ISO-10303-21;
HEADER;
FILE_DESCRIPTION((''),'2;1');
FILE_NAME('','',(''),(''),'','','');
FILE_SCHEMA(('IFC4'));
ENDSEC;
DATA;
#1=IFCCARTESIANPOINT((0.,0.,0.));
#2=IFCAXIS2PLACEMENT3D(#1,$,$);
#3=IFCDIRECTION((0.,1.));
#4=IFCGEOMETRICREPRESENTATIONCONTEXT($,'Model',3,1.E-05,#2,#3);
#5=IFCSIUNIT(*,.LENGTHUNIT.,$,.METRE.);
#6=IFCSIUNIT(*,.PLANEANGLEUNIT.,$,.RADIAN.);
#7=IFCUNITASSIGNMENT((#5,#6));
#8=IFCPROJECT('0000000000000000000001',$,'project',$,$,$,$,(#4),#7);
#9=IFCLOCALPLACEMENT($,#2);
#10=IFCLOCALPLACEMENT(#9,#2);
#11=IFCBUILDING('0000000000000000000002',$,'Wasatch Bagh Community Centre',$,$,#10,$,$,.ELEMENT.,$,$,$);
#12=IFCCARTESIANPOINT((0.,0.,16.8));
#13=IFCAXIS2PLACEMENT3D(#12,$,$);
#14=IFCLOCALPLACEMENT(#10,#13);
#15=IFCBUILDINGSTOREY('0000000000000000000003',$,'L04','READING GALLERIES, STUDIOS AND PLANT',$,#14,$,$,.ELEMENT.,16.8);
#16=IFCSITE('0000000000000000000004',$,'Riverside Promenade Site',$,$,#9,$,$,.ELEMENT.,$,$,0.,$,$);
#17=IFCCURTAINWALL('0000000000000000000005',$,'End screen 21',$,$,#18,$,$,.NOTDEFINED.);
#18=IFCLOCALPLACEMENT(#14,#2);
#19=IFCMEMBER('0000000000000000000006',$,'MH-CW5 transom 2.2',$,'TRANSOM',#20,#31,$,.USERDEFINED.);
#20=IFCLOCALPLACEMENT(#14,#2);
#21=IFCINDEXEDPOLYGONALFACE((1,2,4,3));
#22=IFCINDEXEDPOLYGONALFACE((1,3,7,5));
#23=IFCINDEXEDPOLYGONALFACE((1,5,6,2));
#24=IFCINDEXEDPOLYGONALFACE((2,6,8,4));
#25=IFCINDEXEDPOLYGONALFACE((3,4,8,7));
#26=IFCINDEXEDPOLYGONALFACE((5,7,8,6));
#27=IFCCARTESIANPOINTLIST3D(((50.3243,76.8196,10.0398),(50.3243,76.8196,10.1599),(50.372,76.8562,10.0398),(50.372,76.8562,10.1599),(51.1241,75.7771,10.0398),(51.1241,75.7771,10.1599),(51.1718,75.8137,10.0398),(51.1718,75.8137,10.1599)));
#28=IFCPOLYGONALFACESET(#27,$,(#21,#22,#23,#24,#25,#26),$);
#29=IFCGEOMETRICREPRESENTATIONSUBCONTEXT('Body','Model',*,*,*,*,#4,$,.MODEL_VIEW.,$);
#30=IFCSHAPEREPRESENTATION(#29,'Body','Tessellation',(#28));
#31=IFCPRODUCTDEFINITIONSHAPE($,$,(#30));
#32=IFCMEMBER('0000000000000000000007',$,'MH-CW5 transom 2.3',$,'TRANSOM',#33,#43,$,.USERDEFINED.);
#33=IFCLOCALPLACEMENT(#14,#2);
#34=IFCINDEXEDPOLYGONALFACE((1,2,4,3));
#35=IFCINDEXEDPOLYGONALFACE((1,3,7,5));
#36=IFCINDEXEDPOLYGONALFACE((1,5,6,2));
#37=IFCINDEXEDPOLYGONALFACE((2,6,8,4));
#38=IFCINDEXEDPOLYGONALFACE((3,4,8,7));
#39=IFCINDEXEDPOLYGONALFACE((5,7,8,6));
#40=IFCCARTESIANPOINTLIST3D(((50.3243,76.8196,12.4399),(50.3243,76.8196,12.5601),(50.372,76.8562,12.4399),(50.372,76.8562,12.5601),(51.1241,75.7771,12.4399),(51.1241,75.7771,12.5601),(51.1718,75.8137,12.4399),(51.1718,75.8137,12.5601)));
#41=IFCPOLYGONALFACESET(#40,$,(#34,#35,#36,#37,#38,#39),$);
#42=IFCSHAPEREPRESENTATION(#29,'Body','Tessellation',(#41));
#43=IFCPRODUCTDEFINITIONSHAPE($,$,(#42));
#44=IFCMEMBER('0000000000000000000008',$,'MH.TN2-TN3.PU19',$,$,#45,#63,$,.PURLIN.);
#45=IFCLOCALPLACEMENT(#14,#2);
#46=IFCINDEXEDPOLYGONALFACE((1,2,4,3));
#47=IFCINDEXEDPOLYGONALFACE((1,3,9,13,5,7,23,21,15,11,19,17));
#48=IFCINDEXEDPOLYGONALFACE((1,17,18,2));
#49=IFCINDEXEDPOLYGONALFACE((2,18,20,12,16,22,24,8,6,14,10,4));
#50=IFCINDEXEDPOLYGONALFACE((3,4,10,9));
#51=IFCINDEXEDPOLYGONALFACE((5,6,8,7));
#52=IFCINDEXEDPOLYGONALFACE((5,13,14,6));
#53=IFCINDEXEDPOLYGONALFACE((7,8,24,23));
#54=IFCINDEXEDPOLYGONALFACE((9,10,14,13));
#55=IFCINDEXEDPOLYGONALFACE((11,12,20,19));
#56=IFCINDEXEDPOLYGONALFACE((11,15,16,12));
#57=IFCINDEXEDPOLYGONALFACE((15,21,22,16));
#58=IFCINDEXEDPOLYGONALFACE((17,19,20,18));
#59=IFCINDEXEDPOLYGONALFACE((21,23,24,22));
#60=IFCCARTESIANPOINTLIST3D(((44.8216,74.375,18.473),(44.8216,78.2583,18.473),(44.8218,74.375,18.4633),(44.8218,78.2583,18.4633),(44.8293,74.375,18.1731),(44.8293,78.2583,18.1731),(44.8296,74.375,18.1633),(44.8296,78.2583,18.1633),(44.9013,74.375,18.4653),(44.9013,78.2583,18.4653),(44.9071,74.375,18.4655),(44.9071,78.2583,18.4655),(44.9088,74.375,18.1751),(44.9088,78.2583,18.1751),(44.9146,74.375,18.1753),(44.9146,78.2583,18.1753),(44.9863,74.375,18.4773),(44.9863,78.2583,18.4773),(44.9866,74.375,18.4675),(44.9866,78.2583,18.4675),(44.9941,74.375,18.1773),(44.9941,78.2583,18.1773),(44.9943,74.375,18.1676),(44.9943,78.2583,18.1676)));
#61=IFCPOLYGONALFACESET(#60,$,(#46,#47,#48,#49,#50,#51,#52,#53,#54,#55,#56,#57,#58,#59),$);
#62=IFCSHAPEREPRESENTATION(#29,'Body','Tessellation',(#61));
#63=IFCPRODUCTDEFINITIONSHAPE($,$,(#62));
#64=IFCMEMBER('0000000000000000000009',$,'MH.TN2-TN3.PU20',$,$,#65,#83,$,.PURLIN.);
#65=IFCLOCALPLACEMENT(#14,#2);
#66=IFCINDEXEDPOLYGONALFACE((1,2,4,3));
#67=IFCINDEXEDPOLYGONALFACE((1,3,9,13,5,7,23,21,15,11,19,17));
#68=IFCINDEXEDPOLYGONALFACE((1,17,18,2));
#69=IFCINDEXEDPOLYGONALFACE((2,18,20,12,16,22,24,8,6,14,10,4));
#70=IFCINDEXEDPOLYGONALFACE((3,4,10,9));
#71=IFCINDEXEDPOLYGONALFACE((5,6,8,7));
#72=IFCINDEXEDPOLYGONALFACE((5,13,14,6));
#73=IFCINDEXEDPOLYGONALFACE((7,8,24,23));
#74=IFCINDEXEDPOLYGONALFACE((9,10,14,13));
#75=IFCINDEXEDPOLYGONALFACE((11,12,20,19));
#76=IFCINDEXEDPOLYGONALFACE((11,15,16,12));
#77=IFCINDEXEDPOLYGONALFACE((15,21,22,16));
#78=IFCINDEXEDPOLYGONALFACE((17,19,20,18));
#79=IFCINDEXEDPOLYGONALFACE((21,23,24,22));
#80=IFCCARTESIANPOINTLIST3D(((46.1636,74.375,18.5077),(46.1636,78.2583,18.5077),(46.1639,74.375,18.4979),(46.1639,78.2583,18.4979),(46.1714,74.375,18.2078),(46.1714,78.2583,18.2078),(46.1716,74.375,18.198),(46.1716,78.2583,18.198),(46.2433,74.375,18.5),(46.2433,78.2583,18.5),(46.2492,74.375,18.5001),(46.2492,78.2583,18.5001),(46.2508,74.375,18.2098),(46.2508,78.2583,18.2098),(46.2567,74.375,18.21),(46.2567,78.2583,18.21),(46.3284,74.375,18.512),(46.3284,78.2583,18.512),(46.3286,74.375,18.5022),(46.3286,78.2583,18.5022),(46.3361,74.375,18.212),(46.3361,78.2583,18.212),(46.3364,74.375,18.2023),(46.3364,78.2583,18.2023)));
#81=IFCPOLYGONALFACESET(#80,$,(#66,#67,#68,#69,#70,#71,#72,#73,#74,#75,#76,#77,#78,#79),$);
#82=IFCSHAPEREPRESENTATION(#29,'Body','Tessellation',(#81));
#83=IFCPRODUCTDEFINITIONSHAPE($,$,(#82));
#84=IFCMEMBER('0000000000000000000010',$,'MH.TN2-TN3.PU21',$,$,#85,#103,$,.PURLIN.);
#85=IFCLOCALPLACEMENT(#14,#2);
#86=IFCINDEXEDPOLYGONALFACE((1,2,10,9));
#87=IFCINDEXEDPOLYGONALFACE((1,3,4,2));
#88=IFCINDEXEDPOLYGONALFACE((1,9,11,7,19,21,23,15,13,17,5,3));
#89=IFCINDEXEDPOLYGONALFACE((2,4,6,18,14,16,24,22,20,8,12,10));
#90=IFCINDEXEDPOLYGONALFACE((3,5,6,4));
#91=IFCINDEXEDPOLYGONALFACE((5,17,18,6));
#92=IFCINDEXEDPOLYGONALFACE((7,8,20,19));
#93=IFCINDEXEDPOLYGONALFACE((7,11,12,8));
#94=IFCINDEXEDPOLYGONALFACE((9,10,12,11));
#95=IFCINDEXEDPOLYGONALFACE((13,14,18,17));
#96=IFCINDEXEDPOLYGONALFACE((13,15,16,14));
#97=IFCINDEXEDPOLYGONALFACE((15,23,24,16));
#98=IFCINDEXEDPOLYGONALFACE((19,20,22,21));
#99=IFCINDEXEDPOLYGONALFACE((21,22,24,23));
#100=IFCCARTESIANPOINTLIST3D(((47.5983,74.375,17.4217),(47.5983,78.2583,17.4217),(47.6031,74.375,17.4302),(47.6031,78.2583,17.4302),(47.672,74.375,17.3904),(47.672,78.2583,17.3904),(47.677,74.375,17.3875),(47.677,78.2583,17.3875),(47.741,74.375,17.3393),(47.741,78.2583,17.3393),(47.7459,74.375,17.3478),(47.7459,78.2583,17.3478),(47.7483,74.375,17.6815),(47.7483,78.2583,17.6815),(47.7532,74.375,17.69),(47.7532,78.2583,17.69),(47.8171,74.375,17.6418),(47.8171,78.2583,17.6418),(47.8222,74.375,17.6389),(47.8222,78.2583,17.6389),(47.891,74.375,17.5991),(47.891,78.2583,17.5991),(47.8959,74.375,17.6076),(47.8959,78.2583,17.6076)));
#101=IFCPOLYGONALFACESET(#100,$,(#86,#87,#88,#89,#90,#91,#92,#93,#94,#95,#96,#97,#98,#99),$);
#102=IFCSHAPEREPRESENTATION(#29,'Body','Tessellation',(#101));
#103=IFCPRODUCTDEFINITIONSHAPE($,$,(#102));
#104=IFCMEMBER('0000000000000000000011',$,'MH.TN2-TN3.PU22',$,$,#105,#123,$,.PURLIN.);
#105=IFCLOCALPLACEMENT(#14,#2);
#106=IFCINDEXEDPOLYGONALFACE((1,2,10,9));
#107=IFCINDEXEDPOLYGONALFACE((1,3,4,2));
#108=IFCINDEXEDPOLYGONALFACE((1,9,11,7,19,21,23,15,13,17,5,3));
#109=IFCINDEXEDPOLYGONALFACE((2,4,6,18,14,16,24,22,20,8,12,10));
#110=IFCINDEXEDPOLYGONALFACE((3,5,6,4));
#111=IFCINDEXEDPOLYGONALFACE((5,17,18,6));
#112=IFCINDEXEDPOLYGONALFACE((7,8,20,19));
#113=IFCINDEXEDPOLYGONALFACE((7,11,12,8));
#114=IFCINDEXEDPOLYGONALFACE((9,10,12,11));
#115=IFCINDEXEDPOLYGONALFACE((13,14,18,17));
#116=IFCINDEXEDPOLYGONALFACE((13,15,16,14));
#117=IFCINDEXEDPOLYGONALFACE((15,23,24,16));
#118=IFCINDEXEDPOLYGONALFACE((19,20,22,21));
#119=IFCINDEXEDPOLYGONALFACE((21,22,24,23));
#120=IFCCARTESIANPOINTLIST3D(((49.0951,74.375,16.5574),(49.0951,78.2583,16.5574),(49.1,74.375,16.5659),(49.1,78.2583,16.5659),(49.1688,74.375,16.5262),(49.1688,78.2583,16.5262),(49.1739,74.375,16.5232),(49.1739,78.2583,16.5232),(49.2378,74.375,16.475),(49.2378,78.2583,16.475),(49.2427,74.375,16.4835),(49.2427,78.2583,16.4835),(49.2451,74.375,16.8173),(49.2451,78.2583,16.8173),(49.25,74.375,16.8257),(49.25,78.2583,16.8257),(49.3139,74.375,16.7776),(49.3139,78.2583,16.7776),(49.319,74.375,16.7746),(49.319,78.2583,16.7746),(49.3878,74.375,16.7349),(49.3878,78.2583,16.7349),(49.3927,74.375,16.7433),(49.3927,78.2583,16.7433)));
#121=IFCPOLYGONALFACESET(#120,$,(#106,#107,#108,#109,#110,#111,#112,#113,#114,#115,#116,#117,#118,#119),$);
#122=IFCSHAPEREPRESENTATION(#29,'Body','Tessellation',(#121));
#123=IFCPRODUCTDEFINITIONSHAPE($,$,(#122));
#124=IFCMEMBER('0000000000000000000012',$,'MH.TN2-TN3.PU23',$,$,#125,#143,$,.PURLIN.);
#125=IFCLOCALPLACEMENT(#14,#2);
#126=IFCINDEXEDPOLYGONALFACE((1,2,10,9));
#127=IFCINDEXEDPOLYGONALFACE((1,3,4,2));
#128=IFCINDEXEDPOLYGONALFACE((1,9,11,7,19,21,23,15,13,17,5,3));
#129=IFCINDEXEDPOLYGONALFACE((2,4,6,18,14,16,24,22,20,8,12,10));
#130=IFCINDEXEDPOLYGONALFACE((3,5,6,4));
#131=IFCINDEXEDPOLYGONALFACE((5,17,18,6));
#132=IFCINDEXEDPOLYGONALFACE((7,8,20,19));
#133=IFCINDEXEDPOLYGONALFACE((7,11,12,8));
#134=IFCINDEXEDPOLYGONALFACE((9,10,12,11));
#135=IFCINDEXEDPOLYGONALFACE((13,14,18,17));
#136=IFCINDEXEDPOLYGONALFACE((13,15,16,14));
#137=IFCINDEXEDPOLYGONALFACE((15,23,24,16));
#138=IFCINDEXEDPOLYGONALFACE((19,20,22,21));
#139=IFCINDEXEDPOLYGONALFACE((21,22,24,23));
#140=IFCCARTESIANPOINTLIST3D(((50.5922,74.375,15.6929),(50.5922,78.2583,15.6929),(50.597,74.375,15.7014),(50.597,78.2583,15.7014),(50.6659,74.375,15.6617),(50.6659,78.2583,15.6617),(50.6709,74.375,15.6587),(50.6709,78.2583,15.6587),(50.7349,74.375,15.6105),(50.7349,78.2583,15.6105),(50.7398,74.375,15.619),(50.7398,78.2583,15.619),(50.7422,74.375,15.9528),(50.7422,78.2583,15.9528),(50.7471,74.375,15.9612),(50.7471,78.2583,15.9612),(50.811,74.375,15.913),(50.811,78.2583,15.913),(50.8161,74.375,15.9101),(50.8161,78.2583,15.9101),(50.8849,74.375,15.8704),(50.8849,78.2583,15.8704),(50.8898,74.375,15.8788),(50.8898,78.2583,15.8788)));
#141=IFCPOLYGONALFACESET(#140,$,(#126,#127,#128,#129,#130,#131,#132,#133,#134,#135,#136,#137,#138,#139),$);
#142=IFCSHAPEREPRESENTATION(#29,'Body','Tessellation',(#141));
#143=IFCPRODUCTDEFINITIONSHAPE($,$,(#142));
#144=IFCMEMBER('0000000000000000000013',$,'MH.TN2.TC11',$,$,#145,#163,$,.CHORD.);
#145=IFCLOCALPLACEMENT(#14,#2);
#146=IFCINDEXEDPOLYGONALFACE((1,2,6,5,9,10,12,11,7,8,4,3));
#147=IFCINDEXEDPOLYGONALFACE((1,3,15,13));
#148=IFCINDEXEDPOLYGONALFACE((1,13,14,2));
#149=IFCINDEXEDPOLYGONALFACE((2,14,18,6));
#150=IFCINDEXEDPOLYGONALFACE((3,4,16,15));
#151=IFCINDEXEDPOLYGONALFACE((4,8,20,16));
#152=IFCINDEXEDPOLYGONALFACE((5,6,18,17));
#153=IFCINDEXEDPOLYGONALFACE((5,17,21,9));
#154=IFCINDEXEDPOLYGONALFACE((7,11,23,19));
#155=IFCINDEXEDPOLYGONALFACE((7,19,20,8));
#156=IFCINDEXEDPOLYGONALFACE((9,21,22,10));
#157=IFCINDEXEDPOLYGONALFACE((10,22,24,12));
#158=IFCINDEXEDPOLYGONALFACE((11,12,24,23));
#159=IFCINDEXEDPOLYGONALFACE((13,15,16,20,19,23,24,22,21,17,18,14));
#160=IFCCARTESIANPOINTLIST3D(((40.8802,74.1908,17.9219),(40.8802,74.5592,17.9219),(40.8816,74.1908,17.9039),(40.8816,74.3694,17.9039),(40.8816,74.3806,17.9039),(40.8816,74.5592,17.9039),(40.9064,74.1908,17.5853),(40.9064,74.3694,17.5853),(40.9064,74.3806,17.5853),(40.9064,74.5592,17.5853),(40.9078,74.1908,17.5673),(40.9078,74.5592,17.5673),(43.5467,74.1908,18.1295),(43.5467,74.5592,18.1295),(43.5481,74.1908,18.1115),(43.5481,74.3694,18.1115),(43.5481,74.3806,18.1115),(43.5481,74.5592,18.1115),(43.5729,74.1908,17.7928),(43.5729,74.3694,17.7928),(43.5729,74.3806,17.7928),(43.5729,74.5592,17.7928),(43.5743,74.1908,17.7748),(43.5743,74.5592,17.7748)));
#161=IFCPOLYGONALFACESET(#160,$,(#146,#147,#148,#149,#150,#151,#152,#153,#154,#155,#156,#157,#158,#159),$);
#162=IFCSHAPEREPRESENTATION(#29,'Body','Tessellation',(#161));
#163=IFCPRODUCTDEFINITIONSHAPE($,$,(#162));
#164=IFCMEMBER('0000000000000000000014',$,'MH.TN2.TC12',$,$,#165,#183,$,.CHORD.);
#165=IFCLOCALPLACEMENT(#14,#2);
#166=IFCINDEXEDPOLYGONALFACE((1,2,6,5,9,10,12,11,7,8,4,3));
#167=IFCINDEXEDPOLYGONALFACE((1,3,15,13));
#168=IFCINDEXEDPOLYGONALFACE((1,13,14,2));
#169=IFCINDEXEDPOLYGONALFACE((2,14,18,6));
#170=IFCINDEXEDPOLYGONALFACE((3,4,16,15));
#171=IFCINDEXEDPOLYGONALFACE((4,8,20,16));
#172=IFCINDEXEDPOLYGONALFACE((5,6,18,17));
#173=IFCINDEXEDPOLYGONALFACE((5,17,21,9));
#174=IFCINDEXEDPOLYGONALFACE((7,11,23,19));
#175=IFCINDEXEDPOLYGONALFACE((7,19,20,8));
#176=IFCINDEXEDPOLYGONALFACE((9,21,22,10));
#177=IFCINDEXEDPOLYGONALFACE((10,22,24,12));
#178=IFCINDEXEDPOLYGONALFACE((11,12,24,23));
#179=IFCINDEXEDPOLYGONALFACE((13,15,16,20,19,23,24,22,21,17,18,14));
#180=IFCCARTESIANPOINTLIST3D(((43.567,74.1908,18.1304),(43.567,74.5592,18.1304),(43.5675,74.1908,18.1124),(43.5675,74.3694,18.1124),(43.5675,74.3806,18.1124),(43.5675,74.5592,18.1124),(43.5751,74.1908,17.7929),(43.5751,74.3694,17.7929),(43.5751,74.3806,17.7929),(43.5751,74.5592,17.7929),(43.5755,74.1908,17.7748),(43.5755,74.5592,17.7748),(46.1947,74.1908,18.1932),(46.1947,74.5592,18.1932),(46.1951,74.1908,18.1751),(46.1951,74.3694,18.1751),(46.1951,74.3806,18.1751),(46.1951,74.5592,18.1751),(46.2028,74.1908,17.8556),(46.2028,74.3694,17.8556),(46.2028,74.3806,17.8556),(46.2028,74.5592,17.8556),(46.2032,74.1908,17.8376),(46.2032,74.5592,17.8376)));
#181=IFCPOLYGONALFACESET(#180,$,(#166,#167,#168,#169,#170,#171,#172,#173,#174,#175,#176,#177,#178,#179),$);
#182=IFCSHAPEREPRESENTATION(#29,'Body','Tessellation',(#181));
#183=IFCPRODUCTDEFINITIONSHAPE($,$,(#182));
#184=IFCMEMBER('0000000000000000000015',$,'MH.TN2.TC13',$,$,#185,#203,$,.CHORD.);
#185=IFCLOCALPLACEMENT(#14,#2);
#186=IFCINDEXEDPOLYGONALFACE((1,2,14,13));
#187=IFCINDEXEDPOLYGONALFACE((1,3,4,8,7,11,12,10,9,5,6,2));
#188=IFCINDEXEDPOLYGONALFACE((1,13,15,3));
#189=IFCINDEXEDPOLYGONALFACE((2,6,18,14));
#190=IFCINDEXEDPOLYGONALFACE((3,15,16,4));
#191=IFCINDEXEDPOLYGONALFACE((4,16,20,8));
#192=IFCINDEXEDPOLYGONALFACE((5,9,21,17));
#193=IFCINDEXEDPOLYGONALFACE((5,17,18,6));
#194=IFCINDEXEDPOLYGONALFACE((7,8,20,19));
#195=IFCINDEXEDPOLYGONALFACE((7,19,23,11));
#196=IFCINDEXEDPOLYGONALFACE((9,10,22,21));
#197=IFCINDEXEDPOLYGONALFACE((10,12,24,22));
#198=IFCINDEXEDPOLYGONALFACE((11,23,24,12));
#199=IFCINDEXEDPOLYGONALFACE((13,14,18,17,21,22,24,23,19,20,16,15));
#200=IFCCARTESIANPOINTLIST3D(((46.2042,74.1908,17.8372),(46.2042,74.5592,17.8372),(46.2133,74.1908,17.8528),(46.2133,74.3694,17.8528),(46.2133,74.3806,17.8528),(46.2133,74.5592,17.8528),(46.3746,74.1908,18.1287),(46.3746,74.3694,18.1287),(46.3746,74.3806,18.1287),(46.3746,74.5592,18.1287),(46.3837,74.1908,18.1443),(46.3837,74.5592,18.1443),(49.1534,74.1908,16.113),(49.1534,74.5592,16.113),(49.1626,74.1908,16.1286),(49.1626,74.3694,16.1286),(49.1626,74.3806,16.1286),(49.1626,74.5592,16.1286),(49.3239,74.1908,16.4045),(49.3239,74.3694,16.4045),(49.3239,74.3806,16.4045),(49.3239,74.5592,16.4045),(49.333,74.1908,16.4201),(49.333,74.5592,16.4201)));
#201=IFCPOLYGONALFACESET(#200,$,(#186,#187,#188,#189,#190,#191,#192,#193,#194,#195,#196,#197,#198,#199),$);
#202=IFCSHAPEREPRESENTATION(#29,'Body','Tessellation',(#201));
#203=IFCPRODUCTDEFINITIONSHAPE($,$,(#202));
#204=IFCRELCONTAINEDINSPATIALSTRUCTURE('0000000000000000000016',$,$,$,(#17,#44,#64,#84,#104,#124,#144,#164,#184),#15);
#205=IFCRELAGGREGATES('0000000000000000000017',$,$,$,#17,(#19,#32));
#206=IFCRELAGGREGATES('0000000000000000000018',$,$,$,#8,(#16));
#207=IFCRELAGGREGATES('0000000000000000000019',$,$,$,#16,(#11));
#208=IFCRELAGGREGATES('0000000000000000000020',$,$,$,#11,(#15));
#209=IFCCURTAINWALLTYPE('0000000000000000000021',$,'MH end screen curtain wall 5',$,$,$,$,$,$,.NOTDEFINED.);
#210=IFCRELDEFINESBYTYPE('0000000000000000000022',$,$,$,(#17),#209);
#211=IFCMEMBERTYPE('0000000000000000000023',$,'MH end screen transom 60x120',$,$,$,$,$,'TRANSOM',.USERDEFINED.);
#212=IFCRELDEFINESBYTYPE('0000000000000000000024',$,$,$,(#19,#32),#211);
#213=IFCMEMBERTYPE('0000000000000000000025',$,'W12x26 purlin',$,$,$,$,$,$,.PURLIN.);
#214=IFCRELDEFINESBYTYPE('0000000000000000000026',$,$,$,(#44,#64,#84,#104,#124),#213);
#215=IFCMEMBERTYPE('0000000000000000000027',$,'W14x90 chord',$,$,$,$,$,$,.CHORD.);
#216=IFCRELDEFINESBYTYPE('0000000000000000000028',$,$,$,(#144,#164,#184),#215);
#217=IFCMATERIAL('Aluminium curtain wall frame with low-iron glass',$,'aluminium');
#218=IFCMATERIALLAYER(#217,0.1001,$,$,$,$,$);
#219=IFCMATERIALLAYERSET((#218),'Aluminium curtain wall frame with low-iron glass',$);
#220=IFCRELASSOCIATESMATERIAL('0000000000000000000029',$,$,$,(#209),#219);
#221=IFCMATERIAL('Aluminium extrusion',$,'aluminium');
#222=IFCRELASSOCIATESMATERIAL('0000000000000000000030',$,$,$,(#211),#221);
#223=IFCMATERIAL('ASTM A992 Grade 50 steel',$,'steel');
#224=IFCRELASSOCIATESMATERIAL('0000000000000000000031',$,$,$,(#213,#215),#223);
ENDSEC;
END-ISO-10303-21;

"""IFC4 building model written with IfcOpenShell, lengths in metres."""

from ifc_helpers import new_model, si_unit, direction, frame, origin, origin_2d, place, context, subcontext, project, spatial, rectangle, i_section, extrude, material, layer, layer_set, material_profile, profile_set, type_object, element, aggregate, save


model = new_model("IFC4")

# Units and contexts
model_context = context("Model", 3, precision=1e-05, world=origin(), true_north=direction((0.0, 1.0)))
body_context = subcontext(model_context, "Body", "Model", "MODEL_VIEW")
ifc_project = project(units=[si_unit("LENGTHUNIT", "METRE"), si_unit("PLANEANGLEUNIT", "RADIAN")], contexts=[model_context])

# Site, building, storey
site_placement = place(None, origin())
site = spatial("IfcSite", under=ifc_project, at=site_placement, Name="Riverside Promenade Site", CompositionType="ELEMENT", RefElevation=0.0)
building_placement = place(site_placement, origin())
building = spatial("IfcBuilding", under=site, at=building_placement, Name="Wasatch Bagh Community Centre", CompositionType="ELEMENT")
storey_placement = place(building_placement, frame((0.0, 0.0, 16.8)))
storey = spatial("IfcBuildingStorey", under=building, at=storey_placement, Name="L04", Description="READING GALLERIES, STUDIOS AND PLANT", CompositionType="ELEMENT", Elevation=16.8)

# Curtain wall, members
ifc_material_1 = material(Name="Aluminium curtain wall frame with low-iron glass", Category="aluminium")
ifc_layer_1 = layer(ifc_material_1, 0.1001)
ifc_layer_set_1 = layer_set([ifc_layer_1], Name="Aluminium curtain wall frame with low-iron glass")
curtain_wall_type = type_object("IfcCurtainWallType", Name="MH end screen curtain wall 5", PredefinedType="NOTDEFINED", material=ifc_layer_set_1)
curtain_wall_placement = place(storey_placement, origin())
curtain_wall = element("IfcCurtainWall", 1, at=curtain_wall_placement, inside=storey, type_object=curtain_wall_type, Name="End screen 21", PredefinedType="NOTDEFINED")
ifc_material_2 = material(Name="Aluminium extrusion", Category="aluminium")
ifc_material_profile_1 = material_profile(ifc_material_2, rectangle(XDim=0.0601, YDim=0.1201, at=origin_2d()), Name="AL 60x120")
ifc_profile_set_1 = profile_set([ifc_material_profile_1], Name="Aluminium extrusion")
member_type_1 = type_object("IfcMemberType", Name="MH end screen transom 60x120", ElementType="TRANSOM", PredefinedType="USERDEFINED", material=ifc_profile_set_1)
member_1_placement = place(storey_placement, frame((51.1479, 75.7954, 10.0999), z_axis=(-0.608705, 0.793397, 0.0), x_axis=(-0.793397, -0.608705, 0.0)))
member_1 = element("IfcMember", 2, at=member_1_placement, type_object=member_type_1, Name="MH-CW5 transom 2.2", ObjectType="TRANSOM", PredefinedType="USERDEFINED", context=body_context, shape_type="SweptSolid", body=[
    extrude(rectangle(XDim=0.0601, YDim=0.1201, at=origin_2d()), origin(), (0.0, 0.0, 1.0), 1.314),
])
member_2_placement = place(storey_placement, frame((51.1479, 75.7954, 12.5), z_axis=(-0.608705, 0.793397, 0.0), x_axis=(-0.793397, -0.608705, 0.0)))
member_2 = element("IfcMember", 3, at=member_2_placement, type_object=member_type_1, Name="MH-CW5 transom 2.3", ObjectType="TRANSOM", PredefinedType="USERDEFINED", context=body_context, shape_type="SweptSolid", body=[
    extrude(rectangle(XDim=0.0601, YDim=0.1201, at=origin_2d()), origin(), (0.0, 0.0, 1.0), 1.314),
])

# Members
ifc_material_3 = material(Name="ASTM A992 Grade 50 steel", Category="steel")
ifc_material_profile_2 = material_profile(ifc_material_3, i_section(OverallWidth=0.1648, OverallDepth=0.3098, WebThickness=0.0059, FlangeThickness=0.0098, at=origin_2d()), Name="W12x26")
ifc_profile_set_2 = profile_set([ifc_material_profile_2], Name="ASTM A992 Grade 50 steel")
member_type_2 = type_object("IfcMemberType", Name="W12x26 purlin", PredefinedType="PURLIN", material=ifc_profile_set_2)
for number, where, z_axis, x_axis, name in (
    (4, (44.908, 74.375, 18.3203), (0.0, 1.0, 0.0), (-0.999667, 0.0, -0.025817), "MH.TN2-TN3.PU19"),
    (5, (46.25, 74.375, 18.355), (0.0, 1.0, 0.0), (-0.999667, 0.0, -0.025817), "MH.TN2-TN3.PU20"),
    (6, (47.7471, 74.375, 17.5146), (0.0, 1.0, 0.0), (-0.866025, 0.0, 0.5), "MH.TN2-TN3.PU21"),
    (7, (49.2439, 74.375, 16.6504), (0.0, 1.0, 0.0), (-0.866025, 0.0, 0.5), "MH.TN2-TN3.PU22"),
    (8, (50.741, 74.375, 15.7859), (0.0, 1.0, 0.0), (-0.866025, 0.0, 0.5), "MH.TN2-TN3.PU23"),
):
    element("IfcMember", number, at=place(storey_placement, frame(where, z_axis=z_axis, x_axis=x_axis)), inside=storey, type_object=member_type_2, Name=name, PredefinedType="PURLIN", context=body_context, shape_type="SweptSolid", body=[
        extrude(i_section(OverallWidth=0.1648, OverallDepth=0.3098, WebThickness=0.0059, FlangeThickness=0.0098, at=origin_2d()), origin(), (0.0, 0.0, 1.0), 3.8833),
    ])
ifc_material_profile_3 = material_profile(ifc_material_3, i_section(OverallWidth=0.3684, OverallDepth=0.3557, WebThickness=0.0112, FlangeThickness=0.0181, at=origin_2d()), Name="W14x90")
ifc_profile_set_3 = profile_set([ifc_material_profile_3], Name="ASTM A992 Grade 50 steel")
member_type_3 = type_object("IfcMemberType", Name="W14x90 chord", PredefinedType="CHORD", material=ifc_profile_set_3)
member_3_placement = place(storey_placement, frame((40.894, 74.375, 17.7446), z_axis=(0.996985, 0.0, 0.07759), x_axis=(0.0, 1.0, 0.0)))
element("IfcMember", 9, at=member_3_placement, inside=storey, type_object=member_type_3, Name="MH.TN2.TC11", PredefinedType="CHORD", context=body_context, shape_type="SweptSolid", body=[
    extrude(i_section(OverallWidth=0.3684, OverallDepth=0.3557, WebThickness=0.0112, FlangeThickness=0.0181, at=origin_2d()), origin(), (0.0, 0.0, 1.0), 2.6746),
])
member_4_placement = place(storey_placement, frame((43.5713, 74.375, 17.9526), z_axis=(0.999715, 0.0, 0.023871), x_axis=(0.0, 1.0, 0.0)))
element("IfcMember", 10, at=member_4_placement, inside=storey, type_object=member_type_3, Name="MH.TN2.TC12", PredefinedType="CHORD", context=body_context, shape_type="SweptSolid", body=[
    extrude(i_section(OverallWidth=0.3684, OverallDepth=0.3557, WebThickness=0.0112, FlangeThickness=0.0181, at=origin_2d()), origin(), (0.0, 0.0, 1.0), 2.6284),
])
member_5_placement = place(storey_placement, frame((46.2939, 74.375, 17.9907), z_axis=(0.863302, 0.0, -0.504688), x_axis=(0.0, 1.0, 0.0)))
element("IfcMember", 11, at=member_5_placement, inside=storey, type_object=member_type_3, Name="MH.TN2.TC13", PredefinedType="CHORD", context=body_context, shape_type="SweptSolid", body=[
    extrude(i_section(OverallWidth=0.3684, OverallDepth=0.3557, WebThickness=0.0112, FlangeThickness=0.0181, at=origin_2d()), origin(), (0.0, 0.0, 1.0), 3.4163),
])

aggregate(curtain_wall, [member_1, member_2])

save(model, "model.ifc")
